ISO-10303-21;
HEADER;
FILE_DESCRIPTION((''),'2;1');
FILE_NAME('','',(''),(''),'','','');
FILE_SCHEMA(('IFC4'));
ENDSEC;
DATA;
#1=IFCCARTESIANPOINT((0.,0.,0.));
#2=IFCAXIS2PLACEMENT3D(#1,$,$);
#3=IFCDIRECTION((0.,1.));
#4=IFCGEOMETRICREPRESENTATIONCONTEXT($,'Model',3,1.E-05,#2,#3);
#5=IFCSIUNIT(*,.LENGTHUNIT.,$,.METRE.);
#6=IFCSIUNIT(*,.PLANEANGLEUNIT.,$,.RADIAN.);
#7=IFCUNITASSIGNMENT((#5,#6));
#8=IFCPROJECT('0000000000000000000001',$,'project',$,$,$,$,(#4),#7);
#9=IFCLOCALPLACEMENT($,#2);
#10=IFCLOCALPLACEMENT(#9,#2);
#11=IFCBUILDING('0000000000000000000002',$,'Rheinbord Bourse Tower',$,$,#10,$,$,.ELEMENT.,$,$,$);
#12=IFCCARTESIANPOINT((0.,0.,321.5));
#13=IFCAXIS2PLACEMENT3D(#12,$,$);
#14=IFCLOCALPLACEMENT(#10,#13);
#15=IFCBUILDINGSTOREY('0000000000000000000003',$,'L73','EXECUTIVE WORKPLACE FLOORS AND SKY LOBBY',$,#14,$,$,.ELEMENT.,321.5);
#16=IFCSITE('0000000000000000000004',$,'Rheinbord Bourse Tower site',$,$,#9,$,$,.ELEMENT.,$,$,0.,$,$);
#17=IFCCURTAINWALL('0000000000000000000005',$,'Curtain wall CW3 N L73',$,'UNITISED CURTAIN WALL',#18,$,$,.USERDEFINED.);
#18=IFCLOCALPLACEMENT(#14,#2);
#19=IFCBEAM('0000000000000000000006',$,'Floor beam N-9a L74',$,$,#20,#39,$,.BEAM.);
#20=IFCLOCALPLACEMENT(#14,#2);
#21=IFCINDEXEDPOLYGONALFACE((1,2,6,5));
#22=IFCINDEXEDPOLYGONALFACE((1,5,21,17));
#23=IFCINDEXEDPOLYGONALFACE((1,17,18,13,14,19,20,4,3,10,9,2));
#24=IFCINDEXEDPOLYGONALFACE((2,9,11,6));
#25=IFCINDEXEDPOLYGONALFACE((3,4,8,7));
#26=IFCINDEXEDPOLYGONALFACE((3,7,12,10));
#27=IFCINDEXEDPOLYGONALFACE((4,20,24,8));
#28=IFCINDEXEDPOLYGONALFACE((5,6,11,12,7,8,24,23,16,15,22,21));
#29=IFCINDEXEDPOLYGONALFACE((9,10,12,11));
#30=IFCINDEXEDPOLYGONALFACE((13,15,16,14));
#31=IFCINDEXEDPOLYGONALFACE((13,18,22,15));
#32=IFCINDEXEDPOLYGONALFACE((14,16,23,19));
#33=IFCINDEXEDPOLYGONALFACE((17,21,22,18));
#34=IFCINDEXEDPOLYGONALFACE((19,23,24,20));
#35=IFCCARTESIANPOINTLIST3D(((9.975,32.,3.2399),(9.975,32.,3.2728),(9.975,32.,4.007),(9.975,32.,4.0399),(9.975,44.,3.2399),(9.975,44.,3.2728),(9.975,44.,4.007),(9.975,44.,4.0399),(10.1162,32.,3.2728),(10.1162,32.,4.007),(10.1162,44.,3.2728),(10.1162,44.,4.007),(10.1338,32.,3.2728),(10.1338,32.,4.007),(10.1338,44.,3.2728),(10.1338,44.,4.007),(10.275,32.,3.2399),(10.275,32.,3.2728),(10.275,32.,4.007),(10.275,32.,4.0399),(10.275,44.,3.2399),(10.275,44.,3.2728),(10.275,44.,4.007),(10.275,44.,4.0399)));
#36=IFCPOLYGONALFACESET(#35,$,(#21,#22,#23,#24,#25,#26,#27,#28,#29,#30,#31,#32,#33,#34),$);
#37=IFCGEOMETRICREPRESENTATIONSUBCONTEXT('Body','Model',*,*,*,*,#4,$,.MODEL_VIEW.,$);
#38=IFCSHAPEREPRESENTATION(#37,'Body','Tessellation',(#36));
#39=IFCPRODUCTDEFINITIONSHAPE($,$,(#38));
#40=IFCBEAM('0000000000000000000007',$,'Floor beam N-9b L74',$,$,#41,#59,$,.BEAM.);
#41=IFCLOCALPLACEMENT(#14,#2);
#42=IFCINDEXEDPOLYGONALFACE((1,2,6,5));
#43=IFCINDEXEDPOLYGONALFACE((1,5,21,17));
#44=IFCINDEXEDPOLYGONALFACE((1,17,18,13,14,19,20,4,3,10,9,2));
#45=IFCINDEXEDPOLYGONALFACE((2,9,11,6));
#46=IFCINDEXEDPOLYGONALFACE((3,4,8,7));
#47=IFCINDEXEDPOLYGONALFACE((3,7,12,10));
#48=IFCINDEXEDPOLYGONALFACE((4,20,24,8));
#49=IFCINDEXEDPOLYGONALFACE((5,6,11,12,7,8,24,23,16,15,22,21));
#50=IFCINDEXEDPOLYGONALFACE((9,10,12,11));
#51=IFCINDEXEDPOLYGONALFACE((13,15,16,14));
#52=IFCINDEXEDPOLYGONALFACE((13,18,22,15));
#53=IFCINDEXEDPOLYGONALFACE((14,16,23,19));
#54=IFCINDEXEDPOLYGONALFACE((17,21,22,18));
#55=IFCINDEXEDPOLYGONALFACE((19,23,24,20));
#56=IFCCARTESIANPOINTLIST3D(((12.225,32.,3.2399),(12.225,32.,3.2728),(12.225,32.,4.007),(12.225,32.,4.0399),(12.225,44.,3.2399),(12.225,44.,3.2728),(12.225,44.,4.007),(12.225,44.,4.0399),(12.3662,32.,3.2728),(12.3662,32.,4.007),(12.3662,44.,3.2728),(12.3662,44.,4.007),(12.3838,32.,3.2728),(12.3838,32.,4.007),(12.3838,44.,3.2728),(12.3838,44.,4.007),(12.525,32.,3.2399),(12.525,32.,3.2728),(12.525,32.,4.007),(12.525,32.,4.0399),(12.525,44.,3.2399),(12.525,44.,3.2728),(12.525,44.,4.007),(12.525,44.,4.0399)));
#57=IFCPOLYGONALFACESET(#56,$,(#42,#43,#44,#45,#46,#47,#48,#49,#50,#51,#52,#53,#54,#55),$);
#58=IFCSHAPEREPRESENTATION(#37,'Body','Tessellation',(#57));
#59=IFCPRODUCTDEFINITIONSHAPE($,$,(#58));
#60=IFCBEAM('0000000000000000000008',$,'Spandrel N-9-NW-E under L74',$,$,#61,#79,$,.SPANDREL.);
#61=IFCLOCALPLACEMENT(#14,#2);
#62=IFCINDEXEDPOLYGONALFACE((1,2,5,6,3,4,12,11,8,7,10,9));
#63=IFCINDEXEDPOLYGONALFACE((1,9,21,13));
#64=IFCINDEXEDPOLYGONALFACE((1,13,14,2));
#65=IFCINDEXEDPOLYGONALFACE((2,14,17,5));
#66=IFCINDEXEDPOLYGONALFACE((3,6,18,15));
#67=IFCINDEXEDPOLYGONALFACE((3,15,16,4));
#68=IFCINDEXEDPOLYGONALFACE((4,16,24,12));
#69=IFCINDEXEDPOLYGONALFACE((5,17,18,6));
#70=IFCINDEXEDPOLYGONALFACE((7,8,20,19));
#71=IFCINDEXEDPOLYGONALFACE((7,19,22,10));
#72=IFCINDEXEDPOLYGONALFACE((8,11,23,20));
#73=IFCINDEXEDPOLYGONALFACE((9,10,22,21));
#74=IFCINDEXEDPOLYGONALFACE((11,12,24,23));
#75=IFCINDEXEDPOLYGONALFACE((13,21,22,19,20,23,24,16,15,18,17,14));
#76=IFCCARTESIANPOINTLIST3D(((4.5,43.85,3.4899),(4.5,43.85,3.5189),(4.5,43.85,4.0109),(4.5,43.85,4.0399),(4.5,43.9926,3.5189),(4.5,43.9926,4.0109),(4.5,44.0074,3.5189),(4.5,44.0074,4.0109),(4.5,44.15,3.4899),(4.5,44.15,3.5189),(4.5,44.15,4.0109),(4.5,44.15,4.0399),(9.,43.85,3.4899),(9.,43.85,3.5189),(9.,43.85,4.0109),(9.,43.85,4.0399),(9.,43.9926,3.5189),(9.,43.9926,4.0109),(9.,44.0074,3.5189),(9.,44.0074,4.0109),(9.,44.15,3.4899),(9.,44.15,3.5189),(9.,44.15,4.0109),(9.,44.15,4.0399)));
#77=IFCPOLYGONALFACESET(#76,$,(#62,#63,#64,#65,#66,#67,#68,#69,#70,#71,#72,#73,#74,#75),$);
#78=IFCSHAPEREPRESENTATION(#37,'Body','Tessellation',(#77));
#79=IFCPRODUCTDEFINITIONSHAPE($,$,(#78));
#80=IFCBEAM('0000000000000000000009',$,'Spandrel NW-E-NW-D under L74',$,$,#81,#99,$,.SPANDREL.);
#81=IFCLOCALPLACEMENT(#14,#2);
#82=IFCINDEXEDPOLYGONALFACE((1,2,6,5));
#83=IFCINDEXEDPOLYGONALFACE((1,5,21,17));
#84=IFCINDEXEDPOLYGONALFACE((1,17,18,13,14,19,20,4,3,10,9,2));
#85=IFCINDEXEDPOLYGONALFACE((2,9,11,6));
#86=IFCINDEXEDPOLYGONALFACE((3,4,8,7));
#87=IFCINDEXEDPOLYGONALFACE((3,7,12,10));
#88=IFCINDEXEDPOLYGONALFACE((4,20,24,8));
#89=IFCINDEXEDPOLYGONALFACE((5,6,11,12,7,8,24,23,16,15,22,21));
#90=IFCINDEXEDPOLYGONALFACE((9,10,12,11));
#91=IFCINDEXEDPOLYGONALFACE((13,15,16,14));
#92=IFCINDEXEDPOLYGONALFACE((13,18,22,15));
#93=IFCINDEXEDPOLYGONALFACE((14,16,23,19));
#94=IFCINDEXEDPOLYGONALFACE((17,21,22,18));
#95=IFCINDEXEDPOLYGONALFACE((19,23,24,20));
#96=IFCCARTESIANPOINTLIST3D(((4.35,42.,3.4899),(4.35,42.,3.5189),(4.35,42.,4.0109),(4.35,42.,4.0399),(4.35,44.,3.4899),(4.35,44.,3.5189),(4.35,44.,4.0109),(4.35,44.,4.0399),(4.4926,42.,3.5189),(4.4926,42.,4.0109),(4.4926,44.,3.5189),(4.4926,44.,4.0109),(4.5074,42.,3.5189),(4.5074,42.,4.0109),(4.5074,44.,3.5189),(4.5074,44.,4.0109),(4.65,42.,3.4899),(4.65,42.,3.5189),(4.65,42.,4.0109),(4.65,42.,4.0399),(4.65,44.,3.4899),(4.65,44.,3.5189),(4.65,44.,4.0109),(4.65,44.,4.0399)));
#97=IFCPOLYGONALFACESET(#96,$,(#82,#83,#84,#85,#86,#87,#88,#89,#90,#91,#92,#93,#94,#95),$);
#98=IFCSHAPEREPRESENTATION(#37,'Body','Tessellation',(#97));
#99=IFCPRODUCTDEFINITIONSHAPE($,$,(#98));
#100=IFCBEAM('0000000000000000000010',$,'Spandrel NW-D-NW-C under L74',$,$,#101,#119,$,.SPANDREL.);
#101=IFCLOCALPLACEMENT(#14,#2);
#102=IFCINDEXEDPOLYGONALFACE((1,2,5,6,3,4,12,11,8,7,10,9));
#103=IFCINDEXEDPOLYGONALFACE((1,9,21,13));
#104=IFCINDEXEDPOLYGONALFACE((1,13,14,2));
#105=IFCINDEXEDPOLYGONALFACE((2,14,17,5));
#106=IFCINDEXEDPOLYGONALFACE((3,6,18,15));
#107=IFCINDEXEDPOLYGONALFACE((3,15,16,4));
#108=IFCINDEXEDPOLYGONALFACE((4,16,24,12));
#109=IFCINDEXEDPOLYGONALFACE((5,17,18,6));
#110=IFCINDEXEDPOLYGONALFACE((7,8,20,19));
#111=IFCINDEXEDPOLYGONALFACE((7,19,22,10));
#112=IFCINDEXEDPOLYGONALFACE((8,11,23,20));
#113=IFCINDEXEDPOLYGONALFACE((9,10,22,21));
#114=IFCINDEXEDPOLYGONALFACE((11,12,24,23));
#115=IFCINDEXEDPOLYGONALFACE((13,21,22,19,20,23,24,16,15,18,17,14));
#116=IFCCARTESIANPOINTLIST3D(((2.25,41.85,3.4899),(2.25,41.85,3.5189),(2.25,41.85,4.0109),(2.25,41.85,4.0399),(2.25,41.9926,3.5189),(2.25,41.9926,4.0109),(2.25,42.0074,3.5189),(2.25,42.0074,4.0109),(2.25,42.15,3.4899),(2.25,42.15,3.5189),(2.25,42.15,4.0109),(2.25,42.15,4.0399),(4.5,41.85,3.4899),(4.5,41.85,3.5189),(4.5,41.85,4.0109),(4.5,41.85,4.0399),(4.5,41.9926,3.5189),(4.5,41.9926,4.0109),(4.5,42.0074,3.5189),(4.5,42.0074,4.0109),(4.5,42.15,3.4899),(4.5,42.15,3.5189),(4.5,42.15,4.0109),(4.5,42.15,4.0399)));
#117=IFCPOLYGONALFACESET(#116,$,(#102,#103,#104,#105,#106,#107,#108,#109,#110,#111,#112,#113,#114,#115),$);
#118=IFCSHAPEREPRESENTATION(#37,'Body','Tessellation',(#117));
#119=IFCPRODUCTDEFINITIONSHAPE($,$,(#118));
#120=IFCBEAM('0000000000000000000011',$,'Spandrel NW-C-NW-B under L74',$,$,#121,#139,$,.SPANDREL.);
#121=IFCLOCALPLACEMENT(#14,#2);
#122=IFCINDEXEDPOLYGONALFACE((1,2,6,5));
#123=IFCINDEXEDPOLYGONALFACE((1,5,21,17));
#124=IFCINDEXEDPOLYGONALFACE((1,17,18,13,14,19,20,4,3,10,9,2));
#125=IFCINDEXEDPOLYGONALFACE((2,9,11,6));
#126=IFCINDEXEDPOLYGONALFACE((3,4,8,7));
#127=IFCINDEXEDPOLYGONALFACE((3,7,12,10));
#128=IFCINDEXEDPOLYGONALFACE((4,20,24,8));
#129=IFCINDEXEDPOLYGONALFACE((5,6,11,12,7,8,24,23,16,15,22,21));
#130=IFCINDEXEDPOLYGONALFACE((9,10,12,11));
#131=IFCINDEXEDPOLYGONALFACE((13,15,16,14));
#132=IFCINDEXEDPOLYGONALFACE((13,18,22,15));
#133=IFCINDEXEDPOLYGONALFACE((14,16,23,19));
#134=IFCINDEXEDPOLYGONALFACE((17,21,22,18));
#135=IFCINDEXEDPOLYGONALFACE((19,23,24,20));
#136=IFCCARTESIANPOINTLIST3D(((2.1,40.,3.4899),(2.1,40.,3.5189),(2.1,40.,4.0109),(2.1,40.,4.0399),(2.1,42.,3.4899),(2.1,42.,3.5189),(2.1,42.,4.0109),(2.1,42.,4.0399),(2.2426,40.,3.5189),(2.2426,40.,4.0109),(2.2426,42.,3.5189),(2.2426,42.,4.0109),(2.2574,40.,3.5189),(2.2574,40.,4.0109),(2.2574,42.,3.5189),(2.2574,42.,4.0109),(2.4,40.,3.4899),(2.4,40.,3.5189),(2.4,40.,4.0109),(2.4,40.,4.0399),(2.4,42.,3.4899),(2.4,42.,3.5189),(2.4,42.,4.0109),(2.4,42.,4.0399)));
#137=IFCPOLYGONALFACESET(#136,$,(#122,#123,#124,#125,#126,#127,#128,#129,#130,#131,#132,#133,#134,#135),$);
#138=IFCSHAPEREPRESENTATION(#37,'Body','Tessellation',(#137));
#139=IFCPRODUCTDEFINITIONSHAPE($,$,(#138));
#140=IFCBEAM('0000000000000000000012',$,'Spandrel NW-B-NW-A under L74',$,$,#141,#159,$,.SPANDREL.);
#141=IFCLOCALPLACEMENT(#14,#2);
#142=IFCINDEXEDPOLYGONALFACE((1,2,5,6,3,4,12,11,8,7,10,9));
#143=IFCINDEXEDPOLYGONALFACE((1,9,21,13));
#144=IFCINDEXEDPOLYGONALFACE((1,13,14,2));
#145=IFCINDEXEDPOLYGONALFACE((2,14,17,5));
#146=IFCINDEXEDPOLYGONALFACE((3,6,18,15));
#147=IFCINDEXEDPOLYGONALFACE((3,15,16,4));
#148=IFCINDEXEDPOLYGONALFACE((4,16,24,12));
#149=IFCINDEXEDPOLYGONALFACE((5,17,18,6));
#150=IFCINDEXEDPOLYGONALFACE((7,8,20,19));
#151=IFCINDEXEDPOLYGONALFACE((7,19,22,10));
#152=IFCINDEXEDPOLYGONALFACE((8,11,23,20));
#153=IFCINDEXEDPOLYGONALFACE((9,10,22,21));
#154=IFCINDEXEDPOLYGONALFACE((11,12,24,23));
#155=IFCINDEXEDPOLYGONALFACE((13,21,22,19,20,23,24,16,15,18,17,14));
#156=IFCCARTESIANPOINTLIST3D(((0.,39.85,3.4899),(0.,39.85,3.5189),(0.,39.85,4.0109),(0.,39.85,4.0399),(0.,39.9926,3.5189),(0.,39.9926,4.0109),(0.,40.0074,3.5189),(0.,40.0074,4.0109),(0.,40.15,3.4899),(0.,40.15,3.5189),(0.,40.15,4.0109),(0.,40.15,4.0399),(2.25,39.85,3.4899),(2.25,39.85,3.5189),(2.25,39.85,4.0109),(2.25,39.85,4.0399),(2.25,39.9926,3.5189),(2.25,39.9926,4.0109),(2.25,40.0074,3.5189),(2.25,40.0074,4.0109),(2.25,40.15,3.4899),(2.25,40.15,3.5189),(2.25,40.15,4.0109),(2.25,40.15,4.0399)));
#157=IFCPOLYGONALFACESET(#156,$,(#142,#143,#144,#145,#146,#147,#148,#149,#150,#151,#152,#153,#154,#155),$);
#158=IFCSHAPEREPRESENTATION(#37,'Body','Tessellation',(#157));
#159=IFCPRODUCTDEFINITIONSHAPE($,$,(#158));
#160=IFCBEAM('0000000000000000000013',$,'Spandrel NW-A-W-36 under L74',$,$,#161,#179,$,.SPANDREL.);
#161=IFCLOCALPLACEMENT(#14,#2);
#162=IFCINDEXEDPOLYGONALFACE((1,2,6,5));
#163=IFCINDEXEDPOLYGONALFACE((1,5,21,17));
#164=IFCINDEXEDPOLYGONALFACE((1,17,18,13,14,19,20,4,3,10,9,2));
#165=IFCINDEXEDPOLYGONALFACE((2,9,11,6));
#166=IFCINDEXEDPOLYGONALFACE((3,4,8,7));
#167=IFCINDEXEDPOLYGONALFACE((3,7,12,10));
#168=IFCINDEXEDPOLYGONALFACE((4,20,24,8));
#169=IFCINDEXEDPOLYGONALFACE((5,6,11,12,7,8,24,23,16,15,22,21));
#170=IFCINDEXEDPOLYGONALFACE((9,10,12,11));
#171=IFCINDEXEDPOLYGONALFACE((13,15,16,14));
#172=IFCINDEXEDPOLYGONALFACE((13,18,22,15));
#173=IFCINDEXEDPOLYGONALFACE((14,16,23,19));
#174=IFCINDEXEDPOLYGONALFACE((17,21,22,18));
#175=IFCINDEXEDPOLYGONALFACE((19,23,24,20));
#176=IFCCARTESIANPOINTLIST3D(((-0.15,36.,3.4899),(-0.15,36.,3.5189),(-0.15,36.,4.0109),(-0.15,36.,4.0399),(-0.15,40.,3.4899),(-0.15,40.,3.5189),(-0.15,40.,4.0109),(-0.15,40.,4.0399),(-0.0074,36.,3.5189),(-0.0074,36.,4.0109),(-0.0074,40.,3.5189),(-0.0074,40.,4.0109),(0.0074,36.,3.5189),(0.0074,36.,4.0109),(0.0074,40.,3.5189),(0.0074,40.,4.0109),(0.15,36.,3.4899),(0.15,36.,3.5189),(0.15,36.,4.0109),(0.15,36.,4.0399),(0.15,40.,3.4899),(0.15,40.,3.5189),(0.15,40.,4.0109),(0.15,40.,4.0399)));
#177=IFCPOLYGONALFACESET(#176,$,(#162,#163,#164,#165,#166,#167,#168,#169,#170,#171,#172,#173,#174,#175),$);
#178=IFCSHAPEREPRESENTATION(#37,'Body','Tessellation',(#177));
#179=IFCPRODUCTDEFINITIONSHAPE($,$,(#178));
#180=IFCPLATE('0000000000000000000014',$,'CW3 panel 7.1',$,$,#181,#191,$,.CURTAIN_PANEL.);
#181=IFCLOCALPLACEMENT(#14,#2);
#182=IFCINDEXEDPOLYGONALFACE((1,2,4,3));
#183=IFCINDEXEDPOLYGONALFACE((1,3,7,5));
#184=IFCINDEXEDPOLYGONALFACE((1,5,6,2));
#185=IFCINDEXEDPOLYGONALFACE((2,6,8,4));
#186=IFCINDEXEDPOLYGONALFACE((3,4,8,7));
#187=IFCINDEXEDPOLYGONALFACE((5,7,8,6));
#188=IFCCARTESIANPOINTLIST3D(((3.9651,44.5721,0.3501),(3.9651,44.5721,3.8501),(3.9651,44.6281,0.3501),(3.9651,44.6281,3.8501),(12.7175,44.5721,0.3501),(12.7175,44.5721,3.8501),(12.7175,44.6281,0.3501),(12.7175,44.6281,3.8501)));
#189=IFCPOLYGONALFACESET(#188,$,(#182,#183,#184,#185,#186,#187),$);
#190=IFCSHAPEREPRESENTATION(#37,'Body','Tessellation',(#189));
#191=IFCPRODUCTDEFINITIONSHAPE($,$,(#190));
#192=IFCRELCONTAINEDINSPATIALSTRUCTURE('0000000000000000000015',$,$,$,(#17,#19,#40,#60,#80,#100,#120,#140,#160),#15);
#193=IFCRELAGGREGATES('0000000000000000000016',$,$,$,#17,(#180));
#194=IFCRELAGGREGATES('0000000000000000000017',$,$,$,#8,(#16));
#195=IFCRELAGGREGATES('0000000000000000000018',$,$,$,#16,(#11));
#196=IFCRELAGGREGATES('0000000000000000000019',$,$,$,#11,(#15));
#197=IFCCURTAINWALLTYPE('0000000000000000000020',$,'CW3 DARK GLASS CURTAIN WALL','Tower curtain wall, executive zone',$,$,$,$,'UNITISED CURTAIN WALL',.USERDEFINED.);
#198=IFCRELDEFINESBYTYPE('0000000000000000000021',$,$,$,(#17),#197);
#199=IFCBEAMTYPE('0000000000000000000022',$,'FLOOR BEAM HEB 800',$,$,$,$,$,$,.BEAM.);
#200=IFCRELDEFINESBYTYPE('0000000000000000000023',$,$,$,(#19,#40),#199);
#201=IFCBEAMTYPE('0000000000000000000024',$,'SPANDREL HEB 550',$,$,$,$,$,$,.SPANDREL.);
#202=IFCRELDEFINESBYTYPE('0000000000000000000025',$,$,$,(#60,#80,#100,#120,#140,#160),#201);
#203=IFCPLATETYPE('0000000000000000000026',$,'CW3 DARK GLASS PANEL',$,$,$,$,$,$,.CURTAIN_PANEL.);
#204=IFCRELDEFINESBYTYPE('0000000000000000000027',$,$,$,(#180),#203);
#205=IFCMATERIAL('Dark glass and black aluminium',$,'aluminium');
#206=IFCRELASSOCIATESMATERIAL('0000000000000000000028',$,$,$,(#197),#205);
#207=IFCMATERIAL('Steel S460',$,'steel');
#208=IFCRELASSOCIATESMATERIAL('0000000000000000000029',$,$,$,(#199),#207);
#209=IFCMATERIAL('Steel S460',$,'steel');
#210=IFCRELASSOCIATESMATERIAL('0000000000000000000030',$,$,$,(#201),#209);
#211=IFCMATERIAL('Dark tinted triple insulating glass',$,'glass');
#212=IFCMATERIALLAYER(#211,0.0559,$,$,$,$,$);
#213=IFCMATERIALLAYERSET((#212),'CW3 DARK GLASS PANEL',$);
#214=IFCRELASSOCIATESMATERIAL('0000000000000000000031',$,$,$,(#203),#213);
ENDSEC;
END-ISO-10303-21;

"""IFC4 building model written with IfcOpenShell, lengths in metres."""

from ifc_helpers import new_model, si_unit, direction, frame, origin, origin_2d, place, context, subcontext, project, spatial, rectangle, i_section, extrude, material, layer, layer_set, material_profile, profile_set, type_object, element, aggregate, save


model = new_model("IFC4")

# Units and contexts
model_context = context("Model", 3, precision=1e-05, world=origin(), true_north=direction((0.0, 1.0)))
body_context = subcontext(model_context, "Body", "Model", "MODEL_VIEW")
ifc_project = project(units=[si_unit("LENGTHUNIT", "METRE"), si_unit("PLANEANGLEUNIT", "RADIAN")], contexts=[model_context])

# Site, building, storey
site_placement = place(None, origin())
site = spatial("IfcSite", under=ifc_project, at=site_placement, Name="Rheinbord Bourse Tower site", CompositionType="ELEMENT", RefElevation=0.0)
building_placement = place(site_placement, origin())
building = spatial("IfcBuilding", under=site, at=building_placement, Name="Rheinbord Bourse Tower", CompositionType="ELEMENT")
storey_placement = place(building_placement, frame((0.0, 0.0, 321.5)))
storey = spatial("IfcBuildingStorey", under=building, at=storey_placement, Name="L73", Description="EXECUTIVE WORKPLACE FLOORS AND SKY LOBBY", CompositionType="ELEMENT", Elevation=321.5)

# Curtain wall
ifc_material_1 = material(Name="Dark glass and black aluminium", Category="aluminium")
curtain_wall_type = type_object("IfcCurtainWallType", Name="CW3 DARK GLASS CURTAIN WALL", Description="Tower curtain wall, executive zone", ElementType="UNITISED CURTAIN WALL", PredefinedType="USERDEFINED", material=ifc_material_1)
curtain_wall_1_placement = place(storey_placement, origin())
curtain_wall_1 = element("IfcCurtainWall", 1, at=curtain_wall_1_placement, inside=storey, type_object=curtain_wall_type, Name="Curtain wall CW3 N L73", ObjectType="UNITISED CURTAIN WALL", PredefinedType="USERDEFINED")

# Beams
ifc_material_2 = material(Name="Steel S460", Category="steel")
ifc_material_profile_1 = material_profile(ifc_material_2, i_section(OverallWidth=0.3, OverallDepth=0.8, WebThickness=0.0176, FlangeThickness=0.033, at=origin_2d()), Name="HEB 800")
ifc_profile_set_1 = profile_set([ifc_material_profile_1], Name="Steel S460")
beam_type_1 = type_object("IfcBeamType", Name="FLOOR BEAM HEB 800", PredefinedType="BEAM", material=ifc_profile_set_1)
for number, where, z_axis, x_axis, name in (
    (2, (10.125, 44.0, 3.6399), (0.0, -1.0, 0.0), (1.0, 0.0, 0.0), "Floor beam N-9a L74"),
    (3, (12.375, 44.0, 3.6399), (0.0, -1.0, 0.0), (1.0, 0.0, 0.0), "Floor beam N-9b L74"),
):
    element("IfcBeam", number, at=place(storey_placement, frame(where, z_axis=z_axis, x_axis=x_axis)), inside=storey, type_object=beam_type_1, Name=name, PredefinedType="BEAM", context=body_context, shape_type="SweptSolid", body=[
        extrude(i_section(OverallWidth=0.3, OverallDepth=0.8, WebThickness=0.0176, FlangeThickness=0.033, at=origin_2d()), origin(), (0.0, 0.0, 1.0), 12.0),
    ])
ifc_material_3 = material(Name="Steel S460", Category="steel")
ifc_material_profile_2 = material_profile(ifc_material_3, i_section(OverallWidth=0.3, OverallDepth=0.55, WebThickness=0.0149, FlangeThickness=0.0291, at=origin_2d()), Name="HEB 550")
ifc_profile_set_2 = profile_set([ifc_material_profile_2], Name="Steel S460")
beam_type_2 = type_object("IfcBeamType", Name="SPANDREL HEB 550", PredefinedType="SPANDREL", material=ifc_profile_set_2)
beam_1_placement = place(storey_placement, frame((9.0, 44.0, 3.7649), z_axis=(-1.0, 0.0, 0.0), x_axis=(0.0, -1.0, 0.0)))
element("IfcBeam", 4, at=beam_1_placement, inside=storey, type_object=beam_type_2, Name="Spandrel N-9-NW-E under L74", PredefinedType="SPANDREL", context=body_context, shape_type="SweptSolid", body=[
    extrude(i_section(OverallWidth=0.3, OverallDepth=0.55, WebThickness=0.0149, FlangeThickness=0.0291, at=origin_2d()), origin(), (0.0, 0.0, 1.0), 4.5),
])
beam_2_placement = place(storey_placement, frame((4.5, 44.0, 3.7649), z_axis=(0.0, -1.0, 0.0), x_axis=(1.0, 0.0, 0.0)))
element("IfcBeam", 5, at=beam_2_placement, inside=storey, type_object=beam_type_2, Name="Spandrel NW-E-NW-D under L74", PredefinedType="SPANDREL", context=body_context, shape_type="SweptSolid", body=[
    extrude(i_section(OverallWidth=0.3, OverallDepth=0.55, WebThickness=0.0149, FlangeThickness=0.0291, at=origin_2d()), origin(), (0.0, 0.0, 1.0), 2.0),
])
beam_3_placement = place(storey_placement, frame((4.5, 42.0, 3.7649), z_axis=(-1.0, 0.0, 0.0), x_axis=(0.0, -1.0, 0.0)))
element("IfcBeam", 6, at=beam_3_placement, inside=storey, type_object=beam_type_2, Name="Spandrel NW-D-NW-C under L74", PredefinedType="SPANDREL", context=body_context, shape_type="SweptSolid", body=[
    extrude(i_section(OverallWidth=0.3, OverallDepth=0.55, WebThickness=0.0149, FlangeThickness=0.0291, at=origin_2d()), origin(), (0.0, 0.0, 1.0), 2.25),
])
beam_4_placement = place(storey_placement, frame((2.25, 42.0, 3.7649), z_axis=(0.0, -1.0, 0.0), x_axis=(1.0, 0.0, 0.0)))
element("IfcBeam", 7, at=beam_4_placement, inside=storey, type_object=beam_type_2, Name="Spandrel NW-C-NW-B under L74", PredefinedType="SPANDREL", context=body_context, shape_type="SweptSolid", body=[
    extrude(i_section(OverallWidth=0.3, OverallDepth=0.55, WebThickness=0.0149, FlangeThickness=0.0291, at=origin_2d()), origin(), (0.0, 0.0, 1.0), 2.0),
])
beam_5_placement = place(storey_placement, frame((2.25, 40.0, 3.7649), z_axis=(-1.0, 0.0, 0.0), x_axis=(0.0, -1.0, 0.0)))
element("IfcBeam", 8, at=beam_5_placement, inside=storey, type_object=beam_type_2, Name="Spandrel NW-B-NW-A under L74", PredefinedType="SPANDREL", context=body_context, shape_type="SweptSolid", body=[
    extrude(i_section(OverallWidth=0.3, OverallDepth=0.55, WebThickness=0.0149, FlangeThickness=0.0291, at=origin_2d()), origin(), (0.0, 0.0, 1.0), 2.25),
])
beam_6_placement = place(storey_placement, frame((0.0, 40.0, 3.7649), z_axis=(0.0, -1.0, 0.0), x_axis=(1.0, 0.0, 0.0)))
element("IfcBeam", 9, at=beam_6_placement, inside=storey, type_object=beam_type_2, Name="Spandrel NW-A-W-36 under L74", PredefinedType="SPANDREL", context=body_context, shape_type="SweptSolid", body=[
    extrude(i_section(OverallWidth=0.3, OverallDepth=0.55, WebThickness=0.0149, FlangeThickness=0.0291, at=origin_2d()), origin(), (0.0, 0.0, 1.0), 4.0),
])

# Plate
ifc_material_4 = material(Name="Dark tinted triple insulating glass", Category="glass")
ifc_layer_1 = layer(ifc_material_4, 0.0559)
ifc_layer_set_1 = layer_set([ifc_layer_1], Name="CW3 DARK GLASS PANEL")
plate_type = type_object("IfcPlateType", Name="CW3 DARK GLASS PANEL", PredefinedType="CURTAIN_PANEL", material=ifc_layer_set_1)
plate_1_placement = place(storey_placement, frame((8.3413, 44.6001, 0.3501), z_axis=(0.0, 0.0, 1.0), x_axis=(-1.0, 0.0, 0.0)))
plate_1 = element("IfcPlate", 10, at=plate_1_placement, type_object=plate_type, Name="CW3 panel 7.1", PredefinedType="CURTAIN_PANEL", context=body_context, shape_type="SweptSolid", body=[
    extrude(rectangle(XDim=8.7524, YDim=0.0559, at=origin_2d()), origin(), (0.0, 0.0, 1.0), 3.5),
])
aggregate(curtain_wall_1, [plate_1])

save(model, "model.ifc")
